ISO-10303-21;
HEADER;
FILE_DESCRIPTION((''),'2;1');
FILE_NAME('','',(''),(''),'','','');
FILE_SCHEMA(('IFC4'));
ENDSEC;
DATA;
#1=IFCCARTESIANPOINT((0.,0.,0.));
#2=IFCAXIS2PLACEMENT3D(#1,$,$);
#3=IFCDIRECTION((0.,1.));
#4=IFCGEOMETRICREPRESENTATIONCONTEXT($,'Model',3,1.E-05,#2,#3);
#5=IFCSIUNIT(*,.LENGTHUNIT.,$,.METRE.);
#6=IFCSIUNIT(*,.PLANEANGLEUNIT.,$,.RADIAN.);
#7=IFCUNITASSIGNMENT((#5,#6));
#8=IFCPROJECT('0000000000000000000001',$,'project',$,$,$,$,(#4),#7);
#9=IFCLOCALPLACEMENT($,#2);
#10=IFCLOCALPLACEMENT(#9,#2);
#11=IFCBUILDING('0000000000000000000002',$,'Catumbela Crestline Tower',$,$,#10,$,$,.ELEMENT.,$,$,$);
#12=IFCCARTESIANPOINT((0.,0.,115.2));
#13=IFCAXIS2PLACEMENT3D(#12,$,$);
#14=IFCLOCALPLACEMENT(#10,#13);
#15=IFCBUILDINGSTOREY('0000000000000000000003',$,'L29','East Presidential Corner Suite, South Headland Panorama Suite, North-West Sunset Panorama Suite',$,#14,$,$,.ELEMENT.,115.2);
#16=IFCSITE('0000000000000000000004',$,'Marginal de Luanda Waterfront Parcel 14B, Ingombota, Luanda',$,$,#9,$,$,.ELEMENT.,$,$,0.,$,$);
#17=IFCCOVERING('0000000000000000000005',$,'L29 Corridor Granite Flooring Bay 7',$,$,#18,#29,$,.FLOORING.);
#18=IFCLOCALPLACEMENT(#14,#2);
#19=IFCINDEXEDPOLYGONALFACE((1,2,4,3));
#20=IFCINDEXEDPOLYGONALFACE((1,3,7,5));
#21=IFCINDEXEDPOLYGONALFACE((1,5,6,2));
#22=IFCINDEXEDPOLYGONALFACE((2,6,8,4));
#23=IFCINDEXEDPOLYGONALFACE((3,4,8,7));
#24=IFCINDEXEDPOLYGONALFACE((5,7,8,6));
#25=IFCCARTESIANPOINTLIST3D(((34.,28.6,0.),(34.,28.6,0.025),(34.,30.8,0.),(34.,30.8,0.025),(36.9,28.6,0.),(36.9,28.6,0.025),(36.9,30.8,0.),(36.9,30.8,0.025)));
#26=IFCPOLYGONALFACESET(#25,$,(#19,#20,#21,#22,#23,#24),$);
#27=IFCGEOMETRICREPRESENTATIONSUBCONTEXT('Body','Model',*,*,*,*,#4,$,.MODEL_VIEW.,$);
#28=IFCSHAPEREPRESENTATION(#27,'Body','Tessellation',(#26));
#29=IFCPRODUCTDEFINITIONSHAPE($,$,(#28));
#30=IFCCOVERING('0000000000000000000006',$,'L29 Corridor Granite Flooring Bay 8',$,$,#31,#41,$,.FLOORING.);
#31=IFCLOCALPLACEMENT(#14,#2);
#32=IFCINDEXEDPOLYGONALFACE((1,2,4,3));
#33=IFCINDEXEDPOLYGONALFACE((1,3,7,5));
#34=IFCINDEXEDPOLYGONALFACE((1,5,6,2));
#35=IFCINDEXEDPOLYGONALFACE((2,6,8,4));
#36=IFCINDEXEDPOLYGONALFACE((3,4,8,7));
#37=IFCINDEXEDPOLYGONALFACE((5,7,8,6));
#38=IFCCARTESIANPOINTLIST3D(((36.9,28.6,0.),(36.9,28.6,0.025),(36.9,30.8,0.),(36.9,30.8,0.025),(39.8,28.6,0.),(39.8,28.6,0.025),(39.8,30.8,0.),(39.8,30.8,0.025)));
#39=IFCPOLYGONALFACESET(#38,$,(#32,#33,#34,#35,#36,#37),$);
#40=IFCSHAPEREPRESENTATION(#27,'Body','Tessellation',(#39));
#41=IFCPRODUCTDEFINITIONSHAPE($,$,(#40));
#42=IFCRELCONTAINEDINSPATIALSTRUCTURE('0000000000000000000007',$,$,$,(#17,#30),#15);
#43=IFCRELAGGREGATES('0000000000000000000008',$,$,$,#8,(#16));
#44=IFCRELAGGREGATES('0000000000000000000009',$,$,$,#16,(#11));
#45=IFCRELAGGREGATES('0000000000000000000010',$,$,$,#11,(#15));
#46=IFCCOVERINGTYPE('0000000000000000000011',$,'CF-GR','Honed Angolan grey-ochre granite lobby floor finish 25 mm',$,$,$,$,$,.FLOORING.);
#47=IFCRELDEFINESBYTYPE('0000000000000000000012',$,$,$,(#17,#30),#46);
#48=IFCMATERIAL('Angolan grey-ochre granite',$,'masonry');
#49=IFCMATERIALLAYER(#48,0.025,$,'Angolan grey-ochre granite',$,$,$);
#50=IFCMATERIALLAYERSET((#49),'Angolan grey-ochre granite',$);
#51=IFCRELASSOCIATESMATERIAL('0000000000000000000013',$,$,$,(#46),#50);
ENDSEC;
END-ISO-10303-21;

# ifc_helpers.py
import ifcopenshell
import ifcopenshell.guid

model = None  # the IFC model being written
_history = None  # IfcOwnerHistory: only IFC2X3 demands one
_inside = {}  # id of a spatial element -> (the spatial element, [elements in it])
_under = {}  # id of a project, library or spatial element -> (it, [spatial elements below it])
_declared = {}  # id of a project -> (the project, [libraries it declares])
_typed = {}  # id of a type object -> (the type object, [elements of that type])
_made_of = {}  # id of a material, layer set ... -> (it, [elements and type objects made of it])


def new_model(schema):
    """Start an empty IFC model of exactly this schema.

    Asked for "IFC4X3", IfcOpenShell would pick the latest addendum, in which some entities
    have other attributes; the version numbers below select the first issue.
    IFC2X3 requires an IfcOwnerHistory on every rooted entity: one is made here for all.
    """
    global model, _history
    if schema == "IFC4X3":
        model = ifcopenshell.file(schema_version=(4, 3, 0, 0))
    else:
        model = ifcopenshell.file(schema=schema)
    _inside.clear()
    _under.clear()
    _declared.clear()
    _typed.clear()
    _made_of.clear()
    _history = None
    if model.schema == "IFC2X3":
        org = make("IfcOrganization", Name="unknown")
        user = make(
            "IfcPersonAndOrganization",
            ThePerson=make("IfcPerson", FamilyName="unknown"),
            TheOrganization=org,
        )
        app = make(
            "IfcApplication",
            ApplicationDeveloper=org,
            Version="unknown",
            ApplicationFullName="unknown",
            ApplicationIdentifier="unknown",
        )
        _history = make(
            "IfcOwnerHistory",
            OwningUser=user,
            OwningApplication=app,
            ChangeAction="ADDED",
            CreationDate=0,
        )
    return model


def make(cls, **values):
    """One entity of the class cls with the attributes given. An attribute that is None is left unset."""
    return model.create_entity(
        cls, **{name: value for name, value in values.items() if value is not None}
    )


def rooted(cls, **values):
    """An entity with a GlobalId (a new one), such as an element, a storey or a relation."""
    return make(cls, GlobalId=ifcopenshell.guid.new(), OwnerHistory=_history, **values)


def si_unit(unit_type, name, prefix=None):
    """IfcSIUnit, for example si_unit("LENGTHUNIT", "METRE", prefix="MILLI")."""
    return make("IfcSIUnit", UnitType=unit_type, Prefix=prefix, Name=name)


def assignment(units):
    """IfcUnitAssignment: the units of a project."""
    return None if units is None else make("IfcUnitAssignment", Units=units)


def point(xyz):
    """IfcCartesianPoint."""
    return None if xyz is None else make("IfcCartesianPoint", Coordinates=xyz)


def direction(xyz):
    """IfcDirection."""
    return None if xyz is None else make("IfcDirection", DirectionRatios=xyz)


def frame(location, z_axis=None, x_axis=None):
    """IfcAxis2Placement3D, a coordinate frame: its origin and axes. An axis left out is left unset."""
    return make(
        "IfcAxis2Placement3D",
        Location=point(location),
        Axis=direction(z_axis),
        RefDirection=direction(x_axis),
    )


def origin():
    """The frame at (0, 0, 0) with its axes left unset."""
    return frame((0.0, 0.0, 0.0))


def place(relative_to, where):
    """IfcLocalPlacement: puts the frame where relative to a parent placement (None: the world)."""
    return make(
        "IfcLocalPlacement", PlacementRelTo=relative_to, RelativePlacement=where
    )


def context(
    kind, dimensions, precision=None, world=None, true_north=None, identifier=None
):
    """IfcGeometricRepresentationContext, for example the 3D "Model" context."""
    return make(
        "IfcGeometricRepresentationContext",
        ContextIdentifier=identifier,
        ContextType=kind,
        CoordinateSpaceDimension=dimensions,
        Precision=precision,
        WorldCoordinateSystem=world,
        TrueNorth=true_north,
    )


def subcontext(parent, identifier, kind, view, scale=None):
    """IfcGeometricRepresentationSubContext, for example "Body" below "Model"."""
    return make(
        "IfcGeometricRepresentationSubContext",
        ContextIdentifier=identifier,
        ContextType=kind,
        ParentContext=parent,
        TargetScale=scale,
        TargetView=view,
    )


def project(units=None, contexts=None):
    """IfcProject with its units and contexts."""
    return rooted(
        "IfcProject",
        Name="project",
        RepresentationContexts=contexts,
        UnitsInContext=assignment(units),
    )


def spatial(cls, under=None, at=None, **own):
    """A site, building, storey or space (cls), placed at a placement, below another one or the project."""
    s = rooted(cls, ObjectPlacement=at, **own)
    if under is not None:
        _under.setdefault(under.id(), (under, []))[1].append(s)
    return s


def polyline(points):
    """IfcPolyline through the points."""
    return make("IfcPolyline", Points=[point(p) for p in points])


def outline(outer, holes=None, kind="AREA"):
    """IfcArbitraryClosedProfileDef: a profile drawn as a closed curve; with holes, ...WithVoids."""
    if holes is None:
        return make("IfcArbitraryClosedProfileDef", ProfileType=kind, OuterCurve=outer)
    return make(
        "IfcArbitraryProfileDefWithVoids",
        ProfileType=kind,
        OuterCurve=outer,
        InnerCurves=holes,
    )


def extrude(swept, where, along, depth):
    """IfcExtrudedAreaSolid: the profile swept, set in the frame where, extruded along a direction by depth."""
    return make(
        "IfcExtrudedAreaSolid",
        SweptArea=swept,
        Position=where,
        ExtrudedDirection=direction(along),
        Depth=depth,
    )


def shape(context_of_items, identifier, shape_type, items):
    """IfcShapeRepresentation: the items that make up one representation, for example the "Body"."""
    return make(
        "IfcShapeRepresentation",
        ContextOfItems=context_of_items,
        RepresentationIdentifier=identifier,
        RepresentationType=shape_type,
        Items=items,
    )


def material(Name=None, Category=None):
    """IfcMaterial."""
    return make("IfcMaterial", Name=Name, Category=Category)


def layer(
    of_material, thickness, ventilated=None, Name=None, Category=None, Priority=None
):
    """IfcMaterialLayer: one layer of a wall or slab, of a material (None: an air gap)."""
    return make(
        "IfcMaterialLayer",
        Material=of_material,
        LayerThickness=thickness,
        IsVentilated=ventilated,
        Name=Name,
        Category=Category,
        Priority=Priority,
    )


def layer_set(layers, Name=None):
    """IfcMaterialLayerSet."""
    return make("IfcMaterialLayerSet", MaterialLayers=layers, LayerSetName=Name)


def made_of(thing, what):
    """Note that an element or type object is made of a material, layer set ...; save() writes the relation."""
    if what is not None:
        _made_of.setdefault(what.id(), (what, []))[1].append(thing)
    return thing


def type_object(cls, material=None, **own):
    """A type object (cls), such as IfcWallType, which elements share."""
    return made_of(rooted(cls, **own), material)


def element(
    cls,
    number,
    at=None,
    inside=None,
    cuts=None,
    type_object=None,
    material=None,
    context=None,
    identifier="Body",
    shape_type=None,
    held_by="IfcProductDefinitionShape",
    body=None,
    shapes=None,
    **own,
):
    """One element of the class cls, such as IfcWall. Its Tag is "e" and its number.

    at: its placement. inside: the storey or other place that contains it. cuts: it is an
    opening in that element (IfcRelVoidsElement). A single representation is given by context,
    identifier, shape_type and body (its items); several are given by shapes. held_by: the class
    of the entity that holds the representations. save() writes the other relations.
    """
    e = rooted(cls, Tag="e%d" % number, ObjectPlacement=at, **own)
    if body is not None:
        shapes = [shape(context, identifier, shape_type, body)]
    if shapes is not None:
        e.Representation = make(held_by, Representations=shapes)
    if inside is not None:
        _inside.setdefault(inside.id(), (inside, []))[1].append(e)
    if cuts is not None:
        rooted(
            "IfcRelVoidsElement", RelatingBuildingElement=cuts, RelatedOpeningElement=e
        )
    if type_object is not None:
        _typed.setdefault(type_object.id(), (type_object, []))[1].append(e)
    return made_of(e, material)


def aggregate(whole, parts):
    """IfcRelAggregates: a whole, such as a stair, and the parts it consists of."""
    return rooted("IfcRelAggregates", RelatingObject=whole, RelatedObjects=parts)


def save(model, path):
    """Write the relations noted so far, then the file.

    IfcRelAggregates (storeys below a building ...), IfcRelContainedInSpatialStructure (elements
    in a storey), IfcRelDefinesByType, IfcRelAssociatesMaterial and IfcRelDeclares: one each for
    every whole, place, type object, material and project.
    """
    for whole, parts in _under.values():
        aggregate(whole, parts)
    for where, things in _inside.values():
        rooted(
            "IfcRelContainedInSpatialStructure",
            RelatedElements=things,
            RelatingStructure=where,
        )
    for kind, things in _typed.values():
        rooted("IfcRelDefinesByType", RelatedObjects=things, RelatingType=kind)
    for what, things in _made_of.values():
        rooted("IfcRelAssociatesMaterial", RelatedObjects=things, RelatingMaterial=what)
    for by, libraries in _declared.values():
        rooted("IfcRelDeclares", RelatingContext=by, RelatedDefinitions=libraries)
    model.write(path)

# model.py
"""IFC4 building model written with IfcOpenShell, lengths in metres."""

from ifc_helpers import new_model, si_unit, direction, frame, origin, place, context, subcontext, project, spatial, polyline, outline, extrude, material, layer, layer_set, type_object, element, save


model = new_model("IFC4")

# Units and contexts
model_context = context("Model", 3, precision=1e-05, world=origin(), true_north=direction((0.0, 1.0)))
body_context = subcontext(model_context, "Body", "Model", "MODEL_VIEW")
ifc_project = project(units=[si_unit("LENGTHUNIT", "METRE"), si_unit("PLANEANGLEUNIT", "RADIAN")], contexts=[model_context])

# Site, building, storey
site_placement = place(None, origin())
site = spatial("IfcSite", under=ifc_project, at=site_placement, Name="Marginal de Luanda Waterfront Parcel 14B, Ingombota, Luanda", CompositionType="ELEMENT", RefElevation=0.0)
building_placement = place(site_placement, origin())
building = spatial("IfcBuilding", under=site, at=building_placement, Name="Catumbela Crestline Tower", CompositionType="ELEMENT")
storey_placement = place(building_placement, frame((0.0, 0.0, 115.2)))
storey = spatial("IfcBuildingStorey", under=building, at=storey_placement, Name="L29", Description="East Presidential Corner Suite, South Headland Panorama Suite, North-West Sunset Panorama Suite", CompositionType="ELEMENT", Elevation=115.2)

# Shared definitions
ifc_material_1 = material(Name="Angolan grey-ochre granite", Category="masonry")

# Coverings
ifc_layer_1 = layer(ifc_material_1, 0.025, Name="Angolan grey-ochre granite")
ifc_layer_set_1 = layer_set([ifc_layer_1], Name="Angolan grey-ochre granite")
covering_type_1 = type_object("IfcCoveringType", Name="CF-GR", Description="Honed Angolan grey-ochre granite lobby floor finish 25 mm", PredefinedType="FLOORING", material=ifc_layer_set_1)
covering_1_placement = place(storey_placement, origin())
element("IfcCovering", 1, at=covering_1_placement, inside=storey, type_object=covering_type_1, Name="L29 Corridor Granite Flooring Bay 7", PredefinedType="FLOORING", context=body_context, shape_type="SweptSolid", body=[
    extrude(outline(polyline([(34.0, 28.6), (36.9, 28.6), (36.9, 30.8), (34.0, 30.8), (34.0, 28.6)])), origin(), (0.0, 0.0, 1.0), 0.025),
])
covering_2_placement = place(storey_placement, origin())
element("IfcCovering", 2, at=covering_2_placement, inside=storey, type_object=covering_type_1, Name="L29 Corridor Granite Flooring Bay 8", PredefinedType="FLOORING", context=body_context, shape_type="SweptSolid", body=[
    extrude(outline(polyline([(36.9, 28.6), (39.8, 28.6), (39.8, 30.8), (36.9, 30.8), (36.9, 28.6)])), origin(), (0.0, 0.0, 1.0), 0.025),
])

save(model, "model.ifc")
